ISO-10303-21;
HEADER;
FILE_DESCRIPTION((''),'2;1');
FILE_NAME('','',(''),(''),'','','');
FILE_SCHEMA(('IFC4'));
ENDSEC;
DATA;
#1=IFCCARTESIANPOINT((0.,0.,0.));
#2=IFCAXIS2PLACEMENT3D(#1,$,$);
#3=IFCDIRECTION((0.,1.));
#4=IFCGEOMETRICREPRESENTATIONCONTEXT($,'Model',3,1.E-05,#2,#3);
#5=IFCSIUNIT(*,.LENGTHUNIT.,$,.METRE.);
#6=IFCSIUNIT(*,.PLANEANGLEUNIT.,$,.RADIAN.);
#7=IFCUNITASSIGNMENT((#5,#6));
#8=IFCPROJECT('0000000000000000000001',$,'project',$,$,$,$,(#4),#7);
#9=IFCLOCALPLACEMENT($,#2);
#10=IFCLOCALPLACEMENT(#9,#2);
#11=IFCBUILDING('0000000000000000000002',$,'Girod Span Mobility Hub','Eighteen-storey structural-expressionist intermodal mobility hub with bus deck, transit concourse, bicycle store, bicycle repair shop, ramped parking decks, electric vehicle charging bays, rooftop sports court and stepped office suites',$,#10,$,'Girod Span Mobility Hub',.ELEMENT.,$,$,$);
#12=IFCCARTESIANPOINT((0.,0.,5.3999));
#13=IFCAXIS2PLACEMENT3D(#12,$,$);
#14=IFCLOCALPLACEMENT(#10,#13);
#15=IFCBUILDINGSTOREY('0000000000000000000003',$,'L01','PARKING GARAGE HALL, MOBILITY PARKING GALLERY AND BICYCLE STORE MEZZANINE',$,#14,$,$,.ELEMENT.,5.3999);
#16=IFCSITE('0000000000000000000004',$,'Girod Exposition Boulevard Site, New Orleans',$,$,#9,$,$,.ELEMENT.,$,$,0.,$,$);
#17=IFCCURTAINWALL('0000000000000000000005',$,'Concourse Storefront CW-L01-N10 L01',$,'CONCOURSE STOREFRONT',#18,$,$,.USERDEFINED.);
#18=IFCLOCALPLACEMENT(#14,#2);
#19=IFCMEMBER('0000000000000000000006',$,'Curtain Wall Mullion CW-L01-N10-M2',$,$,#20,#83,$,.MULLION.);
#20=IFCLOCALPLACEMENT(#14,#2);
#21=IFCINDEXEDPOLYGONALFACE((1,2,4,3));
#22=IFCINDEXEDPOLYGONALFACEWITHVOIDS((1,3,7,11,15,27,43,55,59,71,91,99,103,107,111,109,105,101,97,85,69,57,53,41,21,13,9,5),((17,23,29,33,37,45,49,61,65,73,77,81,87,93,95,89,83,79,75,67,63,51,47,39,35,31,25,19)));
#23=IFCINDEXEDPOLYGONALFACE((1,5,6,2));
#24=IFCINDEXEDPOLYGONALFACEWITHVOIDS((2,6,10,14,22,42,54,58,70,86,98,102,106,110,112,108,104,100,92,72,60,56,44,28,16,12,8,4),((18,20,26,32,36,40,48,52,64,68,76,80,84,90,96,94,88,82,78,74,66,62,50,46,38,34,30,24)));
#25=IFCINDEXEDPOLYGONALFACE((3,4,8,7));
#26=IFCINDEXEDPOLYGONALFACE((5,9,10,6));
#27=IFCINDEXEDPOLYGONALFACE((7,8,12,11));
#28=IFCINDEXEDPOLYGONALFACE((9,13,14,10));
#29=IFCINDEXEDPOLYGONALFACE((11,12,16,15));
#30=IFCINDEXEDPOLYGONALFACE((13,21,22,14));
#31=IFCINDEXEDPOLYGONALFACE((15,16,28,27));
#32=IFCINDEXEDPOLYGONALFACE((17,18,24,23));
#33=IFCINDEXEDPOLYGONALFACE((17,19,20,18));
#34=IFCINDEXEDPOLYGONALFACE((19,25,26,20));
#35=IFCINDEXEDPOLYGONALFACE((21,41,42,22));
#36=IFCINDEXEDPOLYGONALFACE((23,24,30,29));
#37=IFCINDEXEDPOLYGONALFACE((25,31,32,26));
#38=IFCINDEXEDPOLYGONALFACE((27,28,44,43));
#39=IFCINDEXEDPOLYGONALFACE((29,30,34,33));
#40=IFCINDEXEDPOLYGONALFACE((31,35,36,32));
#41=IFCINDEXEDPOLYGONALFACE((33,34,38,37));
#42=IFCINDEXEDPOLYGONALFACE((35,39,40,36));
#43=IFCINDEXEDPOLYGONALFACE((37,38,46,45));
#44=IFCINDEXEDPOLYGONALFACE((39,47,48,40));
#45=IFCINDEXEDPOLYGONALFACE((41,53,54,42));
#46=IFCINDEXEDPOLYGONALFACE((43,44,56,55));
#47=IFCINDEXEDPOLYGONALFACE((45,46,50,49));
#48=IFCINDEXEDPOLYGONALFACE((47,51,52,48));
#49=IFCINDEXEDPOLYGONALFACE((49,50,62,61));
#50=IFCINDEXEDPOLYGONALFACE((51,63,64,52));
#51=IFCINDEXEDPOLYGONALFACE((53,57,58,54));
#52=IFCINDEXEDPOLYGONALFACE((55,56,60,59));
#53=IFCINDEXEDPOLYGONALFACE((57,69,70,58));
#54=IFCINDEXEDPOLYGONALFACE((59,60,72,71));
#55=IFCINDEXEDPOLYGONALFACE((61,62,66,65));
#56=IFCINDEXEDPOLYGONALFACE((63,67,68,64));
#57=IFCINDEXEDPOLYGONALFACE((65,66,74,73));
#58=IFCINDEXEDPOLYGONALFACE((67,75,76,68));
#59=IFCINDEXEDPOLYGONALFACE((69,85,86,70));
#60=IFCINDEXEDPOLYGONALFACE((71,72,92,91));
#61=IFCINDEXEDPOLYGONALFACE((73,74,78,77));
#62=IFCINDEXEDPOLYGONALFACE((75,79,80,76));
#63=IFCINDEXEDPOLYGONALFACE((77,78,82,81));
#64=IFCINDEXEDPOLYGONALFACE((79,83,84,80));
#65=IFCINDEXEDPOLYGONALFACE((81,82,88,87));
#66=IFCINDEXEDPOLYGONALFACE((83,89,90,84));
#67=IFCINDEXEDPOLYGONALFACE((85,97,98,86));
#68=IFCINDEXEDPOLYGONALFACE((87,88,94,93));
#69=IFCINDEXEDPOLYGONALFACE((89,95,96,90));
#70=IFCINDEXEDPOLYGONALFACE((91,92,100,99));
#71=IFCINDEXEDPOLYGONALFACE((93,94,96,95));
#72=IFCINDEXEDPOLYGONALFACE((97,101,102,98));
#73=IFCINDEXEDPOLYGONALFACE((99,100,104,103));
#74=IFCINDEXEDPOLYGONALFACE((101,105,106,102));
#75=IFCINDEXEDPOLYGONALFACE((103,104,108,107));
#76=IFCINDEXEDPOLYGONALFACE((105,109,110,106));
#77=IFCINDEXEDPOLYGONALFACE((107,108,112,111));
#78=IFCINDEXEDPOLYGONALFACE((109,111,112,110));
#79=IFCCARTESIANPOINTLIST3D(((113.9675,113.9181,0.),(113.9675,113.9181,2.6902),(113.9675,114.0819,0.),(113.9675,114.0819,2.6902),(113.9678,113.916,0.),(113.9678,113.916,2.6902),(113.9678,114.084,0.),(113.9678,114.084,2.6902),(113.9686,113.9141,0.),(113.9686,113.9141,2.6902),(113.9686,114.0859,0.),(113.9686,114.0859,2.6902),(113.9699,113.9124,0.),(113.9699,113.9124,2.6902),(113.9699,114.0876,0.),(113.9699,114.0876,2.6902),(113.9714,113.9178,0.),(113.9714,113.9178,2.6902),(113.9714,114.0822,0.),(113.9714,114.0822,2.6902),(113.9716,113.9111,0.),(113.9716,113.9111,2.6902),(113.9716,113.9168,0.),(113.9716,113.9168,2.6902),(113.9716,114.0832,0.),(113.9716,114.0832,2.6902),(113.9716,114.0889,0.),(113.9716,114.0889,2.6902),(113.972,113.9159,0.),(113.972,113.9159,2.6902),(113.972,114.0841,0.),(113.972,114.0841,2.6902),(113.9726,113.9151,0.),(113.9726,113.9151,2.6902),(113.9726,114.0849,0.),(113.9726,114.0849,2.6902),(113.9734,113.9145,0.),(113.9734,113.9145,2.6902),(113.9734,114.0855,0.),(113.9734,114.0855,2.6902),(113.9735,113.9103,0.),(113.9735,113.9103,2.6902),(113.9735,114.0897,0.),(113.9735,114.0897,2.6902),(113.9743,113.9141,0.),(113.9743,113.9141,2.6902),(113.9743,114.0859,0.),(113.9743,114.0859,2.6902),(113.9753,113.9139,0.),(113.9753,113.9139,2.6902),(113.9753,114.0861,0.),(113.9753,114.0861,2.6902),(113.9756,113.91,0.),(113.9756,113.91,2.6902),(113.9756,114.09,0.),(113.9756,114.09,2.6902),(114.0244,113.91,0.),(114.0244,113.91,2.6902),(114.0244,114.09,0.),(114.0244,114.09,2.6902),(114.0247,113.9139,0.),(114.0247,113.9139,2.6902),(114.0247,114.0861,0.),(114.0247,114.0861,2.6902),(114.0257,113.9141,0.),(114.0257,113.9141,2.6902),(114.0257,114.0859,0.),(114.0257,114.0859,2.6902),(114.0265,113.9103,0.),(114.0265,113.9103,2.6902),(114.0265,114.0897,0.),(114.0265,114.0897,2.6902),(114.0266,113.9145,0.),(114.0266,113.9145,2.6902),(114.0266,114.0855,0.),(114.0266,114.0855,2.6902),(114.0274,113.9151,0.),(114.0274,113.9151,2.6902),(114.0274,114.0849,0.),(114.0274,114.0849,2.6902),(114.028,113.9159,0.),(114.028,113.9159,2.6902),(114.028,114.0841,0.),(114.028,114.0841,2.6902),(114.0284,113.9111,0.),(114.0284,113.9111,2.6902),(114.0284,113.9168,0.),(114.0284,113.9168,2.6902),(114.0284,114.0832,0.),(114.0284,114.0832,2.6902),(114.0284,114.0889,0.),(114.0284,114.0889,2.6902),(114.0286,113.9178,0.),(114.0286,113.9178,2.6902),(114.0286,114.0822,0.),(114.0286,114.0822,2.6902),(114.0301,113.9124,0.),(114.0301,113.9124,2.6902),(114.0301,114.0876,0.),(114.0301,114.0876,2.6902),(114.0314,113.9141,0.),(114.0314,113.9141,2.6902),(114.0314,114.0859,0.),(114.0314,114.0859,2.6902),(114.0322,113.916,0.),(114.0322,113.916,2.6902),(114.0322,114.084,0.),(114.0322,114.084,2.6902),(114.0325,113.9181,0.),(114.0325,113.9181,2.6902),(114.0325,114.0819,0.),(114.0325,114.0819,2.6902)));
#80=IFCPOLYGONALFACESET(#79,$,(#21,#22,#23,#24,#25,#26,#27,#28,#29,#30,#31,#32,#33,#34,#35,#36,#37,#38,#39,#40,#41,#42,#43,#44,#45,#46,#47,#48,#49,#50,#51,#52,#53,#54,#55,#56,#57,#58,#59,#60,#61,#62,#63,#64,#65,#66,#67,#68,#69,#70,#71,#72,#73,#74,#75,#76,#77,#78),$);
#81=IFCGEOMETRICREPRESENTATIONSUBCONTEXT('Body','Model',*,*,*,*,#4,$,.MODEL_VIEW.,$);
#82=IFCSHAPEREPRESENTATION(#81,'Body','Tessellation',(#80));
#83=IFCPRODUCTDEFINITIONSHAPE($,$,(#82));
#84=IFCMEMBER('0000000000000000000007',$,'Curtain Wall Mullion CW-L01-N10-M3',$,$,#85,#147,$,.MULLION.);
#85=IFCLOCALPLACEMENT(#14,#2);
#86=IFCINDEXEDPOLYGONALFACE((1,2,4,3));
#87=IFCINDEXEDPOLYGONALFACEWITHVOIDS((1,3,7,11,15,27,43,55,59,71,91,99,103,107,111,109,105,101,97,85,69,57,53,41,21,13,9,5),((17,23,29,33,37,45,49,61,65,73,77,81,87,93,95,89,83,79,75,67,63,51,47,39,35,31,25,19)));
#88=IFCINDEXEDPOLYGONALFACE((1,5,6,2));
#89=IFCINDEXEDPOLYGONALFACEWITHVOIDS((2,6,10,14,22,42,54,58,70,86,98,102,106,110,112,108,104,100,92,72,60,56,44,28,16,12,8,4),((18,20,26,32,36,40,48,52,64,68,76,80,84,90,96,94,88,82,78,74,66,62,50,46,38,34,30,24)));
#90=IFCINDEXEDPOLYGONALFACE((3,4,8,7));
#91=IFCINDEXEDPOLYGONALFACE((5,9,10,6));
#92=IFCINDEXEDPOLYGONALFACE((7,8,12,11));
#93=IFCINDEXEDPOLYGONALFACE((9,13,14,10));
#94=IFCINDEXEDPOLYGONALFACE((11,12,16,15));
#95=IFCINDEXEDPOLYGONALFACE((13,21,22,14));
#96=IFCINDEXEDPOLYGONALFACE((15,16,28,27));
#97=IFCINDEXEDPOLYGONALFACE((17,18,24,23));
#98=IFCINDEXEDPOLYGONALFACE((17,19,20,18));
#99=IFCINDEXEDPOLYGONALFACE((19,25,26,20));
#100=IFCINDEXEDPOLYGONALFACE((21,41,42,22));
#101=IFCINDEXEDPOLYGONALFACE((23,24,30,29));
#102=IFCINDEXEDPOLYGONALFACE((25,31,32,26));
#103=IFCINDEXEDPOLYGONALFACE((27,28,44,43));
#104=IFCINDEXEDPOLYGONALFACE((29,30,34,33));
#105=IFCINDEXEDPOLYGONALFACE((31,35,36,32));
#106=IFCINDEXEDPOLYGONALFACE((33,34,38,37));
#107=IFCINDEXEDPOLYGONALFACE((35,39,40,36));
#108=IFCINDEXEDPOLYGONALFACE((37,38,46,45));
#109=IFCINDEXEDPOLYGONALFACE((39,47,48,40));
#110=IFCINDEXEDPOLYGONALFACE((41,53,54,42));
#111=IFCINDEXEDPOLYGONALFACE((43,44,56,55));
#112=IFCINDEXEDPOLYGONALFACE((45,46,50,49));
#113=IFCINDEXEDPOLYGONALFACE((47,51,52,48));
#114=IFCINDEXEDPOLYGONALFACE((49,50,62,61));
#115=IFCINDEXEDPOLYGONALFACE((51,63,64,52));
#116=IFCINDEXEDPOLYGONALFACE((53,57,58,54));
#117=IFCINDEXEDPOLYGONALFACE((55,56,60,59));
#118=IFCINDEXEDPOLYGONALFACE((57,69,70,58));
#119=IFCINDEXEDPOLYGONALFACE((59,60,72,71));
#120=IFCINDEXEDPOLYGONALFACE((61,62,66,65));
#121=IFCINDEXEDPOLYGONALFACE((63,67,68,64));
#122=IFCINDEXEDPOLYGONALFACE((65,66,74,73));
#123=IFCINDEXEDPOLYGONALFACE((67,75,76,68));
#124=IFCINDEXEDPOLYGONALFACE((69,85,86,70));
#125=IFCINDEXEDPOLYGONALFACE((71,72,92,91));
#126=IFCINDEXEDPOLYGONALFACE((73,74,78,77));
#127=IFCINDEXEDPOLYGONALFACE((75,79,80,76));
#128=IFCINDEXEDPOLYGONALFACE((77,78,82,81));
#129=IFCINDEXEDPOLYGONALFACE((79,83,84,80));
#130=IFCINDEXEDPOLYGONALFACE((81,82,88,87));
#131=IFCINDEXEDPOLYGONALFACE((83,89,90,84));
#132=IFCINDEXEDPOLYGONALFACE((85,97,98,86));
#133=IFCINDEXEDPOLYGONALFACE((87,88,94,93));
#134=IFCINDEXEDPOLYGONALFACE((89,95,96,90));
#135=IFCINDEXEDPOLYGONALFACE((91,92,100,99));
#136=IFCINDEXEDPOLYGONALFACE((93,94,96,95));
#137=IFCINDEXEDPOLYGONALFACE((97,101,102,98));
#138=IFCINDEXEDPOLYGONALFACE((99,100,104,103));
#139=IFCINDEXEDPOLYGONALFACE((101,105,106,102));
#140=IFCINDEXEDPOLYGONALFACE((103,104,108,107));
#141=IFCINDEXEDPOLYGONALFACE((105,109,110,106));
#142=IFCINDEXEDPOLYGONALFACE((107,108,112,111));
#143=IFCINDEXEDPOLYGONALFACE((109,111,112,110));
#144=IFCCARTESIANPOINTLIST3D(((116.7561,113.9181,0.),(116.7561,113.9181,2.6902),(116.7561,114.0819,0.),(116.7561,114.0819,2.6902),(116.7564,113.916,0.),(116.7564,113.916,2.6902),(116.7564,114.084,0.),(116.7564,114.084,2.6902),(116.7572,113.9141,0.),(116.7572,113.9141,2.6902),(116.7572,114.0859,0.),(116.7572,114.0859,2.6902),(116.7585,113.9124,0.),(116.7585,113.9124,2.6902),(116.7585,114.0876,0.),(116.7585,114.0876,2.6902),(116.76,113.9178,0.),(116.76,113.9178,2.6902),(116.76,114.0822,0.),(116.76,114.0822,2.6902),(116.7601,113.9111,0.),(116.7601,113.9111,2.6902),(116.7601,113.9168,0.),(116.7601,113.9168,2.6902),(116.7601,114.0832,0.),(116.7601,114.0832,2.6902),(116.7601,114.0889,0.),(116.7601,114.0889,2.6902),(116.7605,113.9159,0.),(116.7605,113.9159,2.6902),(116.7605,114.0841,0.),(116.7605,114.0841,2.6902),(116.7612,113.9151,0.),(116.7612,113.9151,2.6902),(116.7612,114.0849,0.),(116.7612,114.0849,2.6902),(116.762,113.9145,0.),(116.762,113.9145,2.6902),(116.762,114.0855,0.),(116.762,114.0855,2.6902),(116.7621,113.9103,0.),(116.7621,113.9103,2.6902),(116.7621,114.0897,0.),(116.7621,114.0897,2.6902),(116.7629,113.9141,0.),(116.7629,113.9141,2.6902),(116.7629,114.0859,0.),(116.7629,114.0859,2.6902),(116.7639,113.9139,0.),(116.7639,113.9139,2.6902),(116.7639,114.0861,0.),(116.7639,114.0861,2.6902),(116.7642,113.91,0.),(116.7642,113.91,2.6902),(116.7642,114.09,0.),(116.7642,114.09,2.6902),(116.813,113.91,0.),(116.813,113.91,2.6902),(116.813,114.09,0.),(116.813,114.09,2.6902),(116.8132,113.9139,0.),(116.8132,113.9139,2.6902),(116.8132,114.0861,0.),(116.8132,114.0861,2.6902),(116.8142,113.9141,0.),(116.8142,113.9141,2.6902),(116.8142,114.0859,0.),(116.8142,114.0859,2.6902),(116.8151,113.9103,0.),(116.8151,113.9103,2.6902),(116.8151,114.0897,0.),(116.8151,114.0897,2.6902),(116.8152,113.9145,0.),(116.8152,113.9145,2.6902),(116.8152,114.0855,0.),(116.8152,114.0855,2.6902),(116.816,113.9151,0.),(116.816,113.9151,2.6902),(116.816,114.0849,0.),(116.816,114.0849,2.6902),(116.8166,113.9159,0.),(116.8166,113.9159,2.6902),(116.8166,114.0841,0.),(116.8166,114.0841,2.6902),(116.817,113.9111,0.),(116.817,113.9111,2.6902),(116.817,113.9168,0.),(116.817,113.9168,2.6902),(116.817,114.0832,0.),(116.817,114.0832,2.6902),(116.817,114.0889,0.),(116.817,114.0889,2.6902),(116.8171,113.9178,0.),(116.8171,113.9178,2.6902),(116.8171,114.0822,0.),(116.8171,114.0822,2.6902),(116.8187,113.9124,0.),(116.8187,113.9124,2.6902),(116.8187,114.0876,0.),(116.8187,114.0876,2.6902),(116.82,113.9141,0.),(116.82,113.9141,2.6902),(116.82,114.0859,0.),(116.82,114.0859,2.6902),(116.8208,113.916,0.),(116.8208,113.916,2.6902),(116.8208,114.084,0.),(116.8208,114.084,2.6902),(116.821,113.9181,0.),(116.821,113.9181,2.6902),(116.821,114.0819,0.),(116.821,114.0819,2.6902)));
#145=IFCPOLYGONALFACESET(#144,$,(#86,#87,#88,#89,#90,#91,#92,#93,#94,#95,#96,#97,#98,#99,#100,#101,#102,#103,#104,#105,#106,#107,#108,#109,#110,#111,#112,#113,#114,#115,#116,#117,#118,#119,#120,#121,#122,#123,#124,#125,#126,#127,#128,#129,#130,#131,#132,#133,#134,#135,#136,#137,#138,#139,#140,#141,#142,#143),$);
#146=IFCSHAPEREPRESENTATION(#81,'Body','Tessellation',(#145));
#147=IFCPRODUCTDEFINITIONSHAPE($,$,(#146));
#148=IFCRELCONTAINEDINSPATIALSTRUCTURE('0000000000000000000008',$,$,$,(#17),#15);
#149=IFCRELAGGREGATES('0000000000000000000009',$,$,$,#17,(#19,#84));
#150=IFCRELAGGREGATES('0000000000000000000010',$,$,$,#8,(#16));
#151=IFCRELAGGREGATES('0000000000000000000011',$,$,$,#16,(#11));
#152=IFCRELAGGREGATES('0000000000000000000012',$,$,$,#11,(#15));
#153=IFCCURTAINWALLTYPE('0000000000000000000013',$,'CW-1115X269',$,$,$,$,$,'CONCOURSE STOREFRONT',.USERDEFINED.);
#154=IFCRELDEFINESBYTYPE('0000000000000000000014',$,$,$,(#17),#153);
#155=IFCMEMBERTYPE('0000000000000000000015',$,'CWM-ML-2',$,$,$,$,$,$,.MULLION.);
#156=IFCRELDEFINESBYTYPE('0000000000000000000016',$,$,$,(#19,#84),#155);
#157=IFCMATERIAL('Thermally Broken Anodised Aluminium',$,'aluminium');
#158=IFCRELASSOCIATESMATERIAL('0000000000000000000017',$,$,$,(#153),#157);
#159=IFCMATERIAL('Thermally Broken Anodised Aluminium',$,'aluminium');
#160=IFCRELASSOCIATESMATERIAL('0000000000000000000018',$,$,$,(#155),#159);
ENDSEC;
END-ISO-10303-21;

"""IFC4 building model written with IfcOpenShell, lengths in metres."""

from ifc_helpers import new_model, si_unit, direction, frame, origin, origin_2d, place, context, subcontext, project, spatial, hollow_rectangle, extrude, material, material_profile, profile_set, type_object, element, aggregate, save


model = new_model("IFC4")

# Units and contexts
model_context = context("Model", 3, precision=1e-05, world=origin(), true_north=direction((0.0, 1.0)))
body_context = subcontext(model_context, "Body", "Model", "MODEL_VIEW")
ifc_project = project(units=[si_unit("LENGTHUNIT", "METRE"), si_unit("PLANEANGLEUNIT", "RADIAN")], contexts=[model_context])

# Site, building, storey
site_placement = place(None, origin())
site = spatial("IfcSite", under=ifc_project, at=site_placement, Name="Girod Exposition Boulevard Site, New Orleans", CompositionType="ELEMENT", RefElevation=0.0)
building_placement = place(site_placement, origin())
building = spatial("IfcBuilding", under=site, at=building_placement, Name="Girod Span Mobility Hub", Description="Eighteen-storey structural-expressionist intermodal mobility hub with bus deck, transit concourse, bicycle store, bicycle repair shop, ramped parking decks, electric vehicle charging bays, rooftop sports court and stepped office suites", LongName="Girod Span Mobility Hub", CompositionType="ELEMENT")
storey_placement = place(building_placement, frame((0.0, 0.0, 5.3999)))
storey = spatial("IfcBuildingStorey", under=building, at=storey_placement, Name="L01", Description="PARKING GARAGE HALL, MOBILITY PARKING GALLERY AND BICYCLE STORE MEZZANINE", CompositionType="ELEMENT", Elevation=5.3999)

# Curtain wall, members
ifc_material_1 = material(Name="Thermally Broken Anodised Aluminium", Category="aluminium")
curtain_wall_type = type_object("IfcCurtainWallType", Name="CW-1115X269", ElementType="CONCOURSE STOREFRONT", PredefinedType="USERDEFINED", material=ifc_material_1)
curtain_wall_placement = place(storey_placement, origin())
curtain_wall = element("IfcCurtainWall", 1, at=curtain_wall_placement, inside=storey, type_object=curtain_wall_type, Name="Concourse Storefront CW-L01-N10 L01", ObjectType="CONCOURSE STOREFRONT", PredefinedType="USERDEFINED")
ifc_material_2 = material(Name="Thermally Broken Anodised Aluminium", Category="aluminium")
ifc_material_profile_1 = material_profile(ifc_material_2, hollow_rectangle(XDim=0.1799, YDim=0.0649, WallThickness=0.0039, InnerFilletRadius=0.0039, OuterFilletRadius=0.0081, at=origin_2d()), Name="CW-ML-65X180")
ifc_profile_set_1 = profile_set([ifc_material_profile_1], Name="Thermally Broken Anodised Aluminium")
member_type_1 = type_object("IfcMemberType", Name="CWM-ML-2", PredefinedType="MULLION", material=ifc_profile_set_1)
member_1_placement = place(storey_placement, frame((114.0, 114.0, 0.0), z_axis=(0.0, 0.0, 1.0), x_axis=(0.0, 1.0, 0.0)))
member_1 = element("IfcMember", 2, at=member_1_placement, type_object=member_type_1, Name="Curtain Wall Mullion CW-L01-N10-M2", PredefinedType="MULLION", context=body_context, shape_type="SweptSolid", body=[
    extrude(hollow_rectangle(XDim=0.1799, YDim=0.0649, WallThickness=0.0039, InnerFilletRadius=0.0039, OuterFilletRadius=0.0081, at=origin_2d()), origin(), (0.0, 0.0, 1.0), 2.6902),
])
member_2_placement = place(storey_placement, frame((116.7886, 114.0, 0.0), z_axis=(0.0, 0.0, 1.0), x_axis=(0.0, 1.0, 0.0)))
member_2 = element("IfcMember", 3, at=member_2_placement, type_object=member_type_1, Name="Curtain Wall Mullion CW-L01-N10-M3", PredefinedType="MULLION", context=body_context, shape_type="SweptSolid", body=[
    extrude(hollow_rectangle(XDim=0.1799, YDim=0.0649, WallThickness=0.0039, InnerFilletRadius=0.0039, OuterFilletRadius=0.0081, at=origin_2d()), origin(), (0.0, 0.0, 1.0), 2.6902),
])

aggregate(curtain_wall, [member_1, member_2])

save(model, "model.ifc")
